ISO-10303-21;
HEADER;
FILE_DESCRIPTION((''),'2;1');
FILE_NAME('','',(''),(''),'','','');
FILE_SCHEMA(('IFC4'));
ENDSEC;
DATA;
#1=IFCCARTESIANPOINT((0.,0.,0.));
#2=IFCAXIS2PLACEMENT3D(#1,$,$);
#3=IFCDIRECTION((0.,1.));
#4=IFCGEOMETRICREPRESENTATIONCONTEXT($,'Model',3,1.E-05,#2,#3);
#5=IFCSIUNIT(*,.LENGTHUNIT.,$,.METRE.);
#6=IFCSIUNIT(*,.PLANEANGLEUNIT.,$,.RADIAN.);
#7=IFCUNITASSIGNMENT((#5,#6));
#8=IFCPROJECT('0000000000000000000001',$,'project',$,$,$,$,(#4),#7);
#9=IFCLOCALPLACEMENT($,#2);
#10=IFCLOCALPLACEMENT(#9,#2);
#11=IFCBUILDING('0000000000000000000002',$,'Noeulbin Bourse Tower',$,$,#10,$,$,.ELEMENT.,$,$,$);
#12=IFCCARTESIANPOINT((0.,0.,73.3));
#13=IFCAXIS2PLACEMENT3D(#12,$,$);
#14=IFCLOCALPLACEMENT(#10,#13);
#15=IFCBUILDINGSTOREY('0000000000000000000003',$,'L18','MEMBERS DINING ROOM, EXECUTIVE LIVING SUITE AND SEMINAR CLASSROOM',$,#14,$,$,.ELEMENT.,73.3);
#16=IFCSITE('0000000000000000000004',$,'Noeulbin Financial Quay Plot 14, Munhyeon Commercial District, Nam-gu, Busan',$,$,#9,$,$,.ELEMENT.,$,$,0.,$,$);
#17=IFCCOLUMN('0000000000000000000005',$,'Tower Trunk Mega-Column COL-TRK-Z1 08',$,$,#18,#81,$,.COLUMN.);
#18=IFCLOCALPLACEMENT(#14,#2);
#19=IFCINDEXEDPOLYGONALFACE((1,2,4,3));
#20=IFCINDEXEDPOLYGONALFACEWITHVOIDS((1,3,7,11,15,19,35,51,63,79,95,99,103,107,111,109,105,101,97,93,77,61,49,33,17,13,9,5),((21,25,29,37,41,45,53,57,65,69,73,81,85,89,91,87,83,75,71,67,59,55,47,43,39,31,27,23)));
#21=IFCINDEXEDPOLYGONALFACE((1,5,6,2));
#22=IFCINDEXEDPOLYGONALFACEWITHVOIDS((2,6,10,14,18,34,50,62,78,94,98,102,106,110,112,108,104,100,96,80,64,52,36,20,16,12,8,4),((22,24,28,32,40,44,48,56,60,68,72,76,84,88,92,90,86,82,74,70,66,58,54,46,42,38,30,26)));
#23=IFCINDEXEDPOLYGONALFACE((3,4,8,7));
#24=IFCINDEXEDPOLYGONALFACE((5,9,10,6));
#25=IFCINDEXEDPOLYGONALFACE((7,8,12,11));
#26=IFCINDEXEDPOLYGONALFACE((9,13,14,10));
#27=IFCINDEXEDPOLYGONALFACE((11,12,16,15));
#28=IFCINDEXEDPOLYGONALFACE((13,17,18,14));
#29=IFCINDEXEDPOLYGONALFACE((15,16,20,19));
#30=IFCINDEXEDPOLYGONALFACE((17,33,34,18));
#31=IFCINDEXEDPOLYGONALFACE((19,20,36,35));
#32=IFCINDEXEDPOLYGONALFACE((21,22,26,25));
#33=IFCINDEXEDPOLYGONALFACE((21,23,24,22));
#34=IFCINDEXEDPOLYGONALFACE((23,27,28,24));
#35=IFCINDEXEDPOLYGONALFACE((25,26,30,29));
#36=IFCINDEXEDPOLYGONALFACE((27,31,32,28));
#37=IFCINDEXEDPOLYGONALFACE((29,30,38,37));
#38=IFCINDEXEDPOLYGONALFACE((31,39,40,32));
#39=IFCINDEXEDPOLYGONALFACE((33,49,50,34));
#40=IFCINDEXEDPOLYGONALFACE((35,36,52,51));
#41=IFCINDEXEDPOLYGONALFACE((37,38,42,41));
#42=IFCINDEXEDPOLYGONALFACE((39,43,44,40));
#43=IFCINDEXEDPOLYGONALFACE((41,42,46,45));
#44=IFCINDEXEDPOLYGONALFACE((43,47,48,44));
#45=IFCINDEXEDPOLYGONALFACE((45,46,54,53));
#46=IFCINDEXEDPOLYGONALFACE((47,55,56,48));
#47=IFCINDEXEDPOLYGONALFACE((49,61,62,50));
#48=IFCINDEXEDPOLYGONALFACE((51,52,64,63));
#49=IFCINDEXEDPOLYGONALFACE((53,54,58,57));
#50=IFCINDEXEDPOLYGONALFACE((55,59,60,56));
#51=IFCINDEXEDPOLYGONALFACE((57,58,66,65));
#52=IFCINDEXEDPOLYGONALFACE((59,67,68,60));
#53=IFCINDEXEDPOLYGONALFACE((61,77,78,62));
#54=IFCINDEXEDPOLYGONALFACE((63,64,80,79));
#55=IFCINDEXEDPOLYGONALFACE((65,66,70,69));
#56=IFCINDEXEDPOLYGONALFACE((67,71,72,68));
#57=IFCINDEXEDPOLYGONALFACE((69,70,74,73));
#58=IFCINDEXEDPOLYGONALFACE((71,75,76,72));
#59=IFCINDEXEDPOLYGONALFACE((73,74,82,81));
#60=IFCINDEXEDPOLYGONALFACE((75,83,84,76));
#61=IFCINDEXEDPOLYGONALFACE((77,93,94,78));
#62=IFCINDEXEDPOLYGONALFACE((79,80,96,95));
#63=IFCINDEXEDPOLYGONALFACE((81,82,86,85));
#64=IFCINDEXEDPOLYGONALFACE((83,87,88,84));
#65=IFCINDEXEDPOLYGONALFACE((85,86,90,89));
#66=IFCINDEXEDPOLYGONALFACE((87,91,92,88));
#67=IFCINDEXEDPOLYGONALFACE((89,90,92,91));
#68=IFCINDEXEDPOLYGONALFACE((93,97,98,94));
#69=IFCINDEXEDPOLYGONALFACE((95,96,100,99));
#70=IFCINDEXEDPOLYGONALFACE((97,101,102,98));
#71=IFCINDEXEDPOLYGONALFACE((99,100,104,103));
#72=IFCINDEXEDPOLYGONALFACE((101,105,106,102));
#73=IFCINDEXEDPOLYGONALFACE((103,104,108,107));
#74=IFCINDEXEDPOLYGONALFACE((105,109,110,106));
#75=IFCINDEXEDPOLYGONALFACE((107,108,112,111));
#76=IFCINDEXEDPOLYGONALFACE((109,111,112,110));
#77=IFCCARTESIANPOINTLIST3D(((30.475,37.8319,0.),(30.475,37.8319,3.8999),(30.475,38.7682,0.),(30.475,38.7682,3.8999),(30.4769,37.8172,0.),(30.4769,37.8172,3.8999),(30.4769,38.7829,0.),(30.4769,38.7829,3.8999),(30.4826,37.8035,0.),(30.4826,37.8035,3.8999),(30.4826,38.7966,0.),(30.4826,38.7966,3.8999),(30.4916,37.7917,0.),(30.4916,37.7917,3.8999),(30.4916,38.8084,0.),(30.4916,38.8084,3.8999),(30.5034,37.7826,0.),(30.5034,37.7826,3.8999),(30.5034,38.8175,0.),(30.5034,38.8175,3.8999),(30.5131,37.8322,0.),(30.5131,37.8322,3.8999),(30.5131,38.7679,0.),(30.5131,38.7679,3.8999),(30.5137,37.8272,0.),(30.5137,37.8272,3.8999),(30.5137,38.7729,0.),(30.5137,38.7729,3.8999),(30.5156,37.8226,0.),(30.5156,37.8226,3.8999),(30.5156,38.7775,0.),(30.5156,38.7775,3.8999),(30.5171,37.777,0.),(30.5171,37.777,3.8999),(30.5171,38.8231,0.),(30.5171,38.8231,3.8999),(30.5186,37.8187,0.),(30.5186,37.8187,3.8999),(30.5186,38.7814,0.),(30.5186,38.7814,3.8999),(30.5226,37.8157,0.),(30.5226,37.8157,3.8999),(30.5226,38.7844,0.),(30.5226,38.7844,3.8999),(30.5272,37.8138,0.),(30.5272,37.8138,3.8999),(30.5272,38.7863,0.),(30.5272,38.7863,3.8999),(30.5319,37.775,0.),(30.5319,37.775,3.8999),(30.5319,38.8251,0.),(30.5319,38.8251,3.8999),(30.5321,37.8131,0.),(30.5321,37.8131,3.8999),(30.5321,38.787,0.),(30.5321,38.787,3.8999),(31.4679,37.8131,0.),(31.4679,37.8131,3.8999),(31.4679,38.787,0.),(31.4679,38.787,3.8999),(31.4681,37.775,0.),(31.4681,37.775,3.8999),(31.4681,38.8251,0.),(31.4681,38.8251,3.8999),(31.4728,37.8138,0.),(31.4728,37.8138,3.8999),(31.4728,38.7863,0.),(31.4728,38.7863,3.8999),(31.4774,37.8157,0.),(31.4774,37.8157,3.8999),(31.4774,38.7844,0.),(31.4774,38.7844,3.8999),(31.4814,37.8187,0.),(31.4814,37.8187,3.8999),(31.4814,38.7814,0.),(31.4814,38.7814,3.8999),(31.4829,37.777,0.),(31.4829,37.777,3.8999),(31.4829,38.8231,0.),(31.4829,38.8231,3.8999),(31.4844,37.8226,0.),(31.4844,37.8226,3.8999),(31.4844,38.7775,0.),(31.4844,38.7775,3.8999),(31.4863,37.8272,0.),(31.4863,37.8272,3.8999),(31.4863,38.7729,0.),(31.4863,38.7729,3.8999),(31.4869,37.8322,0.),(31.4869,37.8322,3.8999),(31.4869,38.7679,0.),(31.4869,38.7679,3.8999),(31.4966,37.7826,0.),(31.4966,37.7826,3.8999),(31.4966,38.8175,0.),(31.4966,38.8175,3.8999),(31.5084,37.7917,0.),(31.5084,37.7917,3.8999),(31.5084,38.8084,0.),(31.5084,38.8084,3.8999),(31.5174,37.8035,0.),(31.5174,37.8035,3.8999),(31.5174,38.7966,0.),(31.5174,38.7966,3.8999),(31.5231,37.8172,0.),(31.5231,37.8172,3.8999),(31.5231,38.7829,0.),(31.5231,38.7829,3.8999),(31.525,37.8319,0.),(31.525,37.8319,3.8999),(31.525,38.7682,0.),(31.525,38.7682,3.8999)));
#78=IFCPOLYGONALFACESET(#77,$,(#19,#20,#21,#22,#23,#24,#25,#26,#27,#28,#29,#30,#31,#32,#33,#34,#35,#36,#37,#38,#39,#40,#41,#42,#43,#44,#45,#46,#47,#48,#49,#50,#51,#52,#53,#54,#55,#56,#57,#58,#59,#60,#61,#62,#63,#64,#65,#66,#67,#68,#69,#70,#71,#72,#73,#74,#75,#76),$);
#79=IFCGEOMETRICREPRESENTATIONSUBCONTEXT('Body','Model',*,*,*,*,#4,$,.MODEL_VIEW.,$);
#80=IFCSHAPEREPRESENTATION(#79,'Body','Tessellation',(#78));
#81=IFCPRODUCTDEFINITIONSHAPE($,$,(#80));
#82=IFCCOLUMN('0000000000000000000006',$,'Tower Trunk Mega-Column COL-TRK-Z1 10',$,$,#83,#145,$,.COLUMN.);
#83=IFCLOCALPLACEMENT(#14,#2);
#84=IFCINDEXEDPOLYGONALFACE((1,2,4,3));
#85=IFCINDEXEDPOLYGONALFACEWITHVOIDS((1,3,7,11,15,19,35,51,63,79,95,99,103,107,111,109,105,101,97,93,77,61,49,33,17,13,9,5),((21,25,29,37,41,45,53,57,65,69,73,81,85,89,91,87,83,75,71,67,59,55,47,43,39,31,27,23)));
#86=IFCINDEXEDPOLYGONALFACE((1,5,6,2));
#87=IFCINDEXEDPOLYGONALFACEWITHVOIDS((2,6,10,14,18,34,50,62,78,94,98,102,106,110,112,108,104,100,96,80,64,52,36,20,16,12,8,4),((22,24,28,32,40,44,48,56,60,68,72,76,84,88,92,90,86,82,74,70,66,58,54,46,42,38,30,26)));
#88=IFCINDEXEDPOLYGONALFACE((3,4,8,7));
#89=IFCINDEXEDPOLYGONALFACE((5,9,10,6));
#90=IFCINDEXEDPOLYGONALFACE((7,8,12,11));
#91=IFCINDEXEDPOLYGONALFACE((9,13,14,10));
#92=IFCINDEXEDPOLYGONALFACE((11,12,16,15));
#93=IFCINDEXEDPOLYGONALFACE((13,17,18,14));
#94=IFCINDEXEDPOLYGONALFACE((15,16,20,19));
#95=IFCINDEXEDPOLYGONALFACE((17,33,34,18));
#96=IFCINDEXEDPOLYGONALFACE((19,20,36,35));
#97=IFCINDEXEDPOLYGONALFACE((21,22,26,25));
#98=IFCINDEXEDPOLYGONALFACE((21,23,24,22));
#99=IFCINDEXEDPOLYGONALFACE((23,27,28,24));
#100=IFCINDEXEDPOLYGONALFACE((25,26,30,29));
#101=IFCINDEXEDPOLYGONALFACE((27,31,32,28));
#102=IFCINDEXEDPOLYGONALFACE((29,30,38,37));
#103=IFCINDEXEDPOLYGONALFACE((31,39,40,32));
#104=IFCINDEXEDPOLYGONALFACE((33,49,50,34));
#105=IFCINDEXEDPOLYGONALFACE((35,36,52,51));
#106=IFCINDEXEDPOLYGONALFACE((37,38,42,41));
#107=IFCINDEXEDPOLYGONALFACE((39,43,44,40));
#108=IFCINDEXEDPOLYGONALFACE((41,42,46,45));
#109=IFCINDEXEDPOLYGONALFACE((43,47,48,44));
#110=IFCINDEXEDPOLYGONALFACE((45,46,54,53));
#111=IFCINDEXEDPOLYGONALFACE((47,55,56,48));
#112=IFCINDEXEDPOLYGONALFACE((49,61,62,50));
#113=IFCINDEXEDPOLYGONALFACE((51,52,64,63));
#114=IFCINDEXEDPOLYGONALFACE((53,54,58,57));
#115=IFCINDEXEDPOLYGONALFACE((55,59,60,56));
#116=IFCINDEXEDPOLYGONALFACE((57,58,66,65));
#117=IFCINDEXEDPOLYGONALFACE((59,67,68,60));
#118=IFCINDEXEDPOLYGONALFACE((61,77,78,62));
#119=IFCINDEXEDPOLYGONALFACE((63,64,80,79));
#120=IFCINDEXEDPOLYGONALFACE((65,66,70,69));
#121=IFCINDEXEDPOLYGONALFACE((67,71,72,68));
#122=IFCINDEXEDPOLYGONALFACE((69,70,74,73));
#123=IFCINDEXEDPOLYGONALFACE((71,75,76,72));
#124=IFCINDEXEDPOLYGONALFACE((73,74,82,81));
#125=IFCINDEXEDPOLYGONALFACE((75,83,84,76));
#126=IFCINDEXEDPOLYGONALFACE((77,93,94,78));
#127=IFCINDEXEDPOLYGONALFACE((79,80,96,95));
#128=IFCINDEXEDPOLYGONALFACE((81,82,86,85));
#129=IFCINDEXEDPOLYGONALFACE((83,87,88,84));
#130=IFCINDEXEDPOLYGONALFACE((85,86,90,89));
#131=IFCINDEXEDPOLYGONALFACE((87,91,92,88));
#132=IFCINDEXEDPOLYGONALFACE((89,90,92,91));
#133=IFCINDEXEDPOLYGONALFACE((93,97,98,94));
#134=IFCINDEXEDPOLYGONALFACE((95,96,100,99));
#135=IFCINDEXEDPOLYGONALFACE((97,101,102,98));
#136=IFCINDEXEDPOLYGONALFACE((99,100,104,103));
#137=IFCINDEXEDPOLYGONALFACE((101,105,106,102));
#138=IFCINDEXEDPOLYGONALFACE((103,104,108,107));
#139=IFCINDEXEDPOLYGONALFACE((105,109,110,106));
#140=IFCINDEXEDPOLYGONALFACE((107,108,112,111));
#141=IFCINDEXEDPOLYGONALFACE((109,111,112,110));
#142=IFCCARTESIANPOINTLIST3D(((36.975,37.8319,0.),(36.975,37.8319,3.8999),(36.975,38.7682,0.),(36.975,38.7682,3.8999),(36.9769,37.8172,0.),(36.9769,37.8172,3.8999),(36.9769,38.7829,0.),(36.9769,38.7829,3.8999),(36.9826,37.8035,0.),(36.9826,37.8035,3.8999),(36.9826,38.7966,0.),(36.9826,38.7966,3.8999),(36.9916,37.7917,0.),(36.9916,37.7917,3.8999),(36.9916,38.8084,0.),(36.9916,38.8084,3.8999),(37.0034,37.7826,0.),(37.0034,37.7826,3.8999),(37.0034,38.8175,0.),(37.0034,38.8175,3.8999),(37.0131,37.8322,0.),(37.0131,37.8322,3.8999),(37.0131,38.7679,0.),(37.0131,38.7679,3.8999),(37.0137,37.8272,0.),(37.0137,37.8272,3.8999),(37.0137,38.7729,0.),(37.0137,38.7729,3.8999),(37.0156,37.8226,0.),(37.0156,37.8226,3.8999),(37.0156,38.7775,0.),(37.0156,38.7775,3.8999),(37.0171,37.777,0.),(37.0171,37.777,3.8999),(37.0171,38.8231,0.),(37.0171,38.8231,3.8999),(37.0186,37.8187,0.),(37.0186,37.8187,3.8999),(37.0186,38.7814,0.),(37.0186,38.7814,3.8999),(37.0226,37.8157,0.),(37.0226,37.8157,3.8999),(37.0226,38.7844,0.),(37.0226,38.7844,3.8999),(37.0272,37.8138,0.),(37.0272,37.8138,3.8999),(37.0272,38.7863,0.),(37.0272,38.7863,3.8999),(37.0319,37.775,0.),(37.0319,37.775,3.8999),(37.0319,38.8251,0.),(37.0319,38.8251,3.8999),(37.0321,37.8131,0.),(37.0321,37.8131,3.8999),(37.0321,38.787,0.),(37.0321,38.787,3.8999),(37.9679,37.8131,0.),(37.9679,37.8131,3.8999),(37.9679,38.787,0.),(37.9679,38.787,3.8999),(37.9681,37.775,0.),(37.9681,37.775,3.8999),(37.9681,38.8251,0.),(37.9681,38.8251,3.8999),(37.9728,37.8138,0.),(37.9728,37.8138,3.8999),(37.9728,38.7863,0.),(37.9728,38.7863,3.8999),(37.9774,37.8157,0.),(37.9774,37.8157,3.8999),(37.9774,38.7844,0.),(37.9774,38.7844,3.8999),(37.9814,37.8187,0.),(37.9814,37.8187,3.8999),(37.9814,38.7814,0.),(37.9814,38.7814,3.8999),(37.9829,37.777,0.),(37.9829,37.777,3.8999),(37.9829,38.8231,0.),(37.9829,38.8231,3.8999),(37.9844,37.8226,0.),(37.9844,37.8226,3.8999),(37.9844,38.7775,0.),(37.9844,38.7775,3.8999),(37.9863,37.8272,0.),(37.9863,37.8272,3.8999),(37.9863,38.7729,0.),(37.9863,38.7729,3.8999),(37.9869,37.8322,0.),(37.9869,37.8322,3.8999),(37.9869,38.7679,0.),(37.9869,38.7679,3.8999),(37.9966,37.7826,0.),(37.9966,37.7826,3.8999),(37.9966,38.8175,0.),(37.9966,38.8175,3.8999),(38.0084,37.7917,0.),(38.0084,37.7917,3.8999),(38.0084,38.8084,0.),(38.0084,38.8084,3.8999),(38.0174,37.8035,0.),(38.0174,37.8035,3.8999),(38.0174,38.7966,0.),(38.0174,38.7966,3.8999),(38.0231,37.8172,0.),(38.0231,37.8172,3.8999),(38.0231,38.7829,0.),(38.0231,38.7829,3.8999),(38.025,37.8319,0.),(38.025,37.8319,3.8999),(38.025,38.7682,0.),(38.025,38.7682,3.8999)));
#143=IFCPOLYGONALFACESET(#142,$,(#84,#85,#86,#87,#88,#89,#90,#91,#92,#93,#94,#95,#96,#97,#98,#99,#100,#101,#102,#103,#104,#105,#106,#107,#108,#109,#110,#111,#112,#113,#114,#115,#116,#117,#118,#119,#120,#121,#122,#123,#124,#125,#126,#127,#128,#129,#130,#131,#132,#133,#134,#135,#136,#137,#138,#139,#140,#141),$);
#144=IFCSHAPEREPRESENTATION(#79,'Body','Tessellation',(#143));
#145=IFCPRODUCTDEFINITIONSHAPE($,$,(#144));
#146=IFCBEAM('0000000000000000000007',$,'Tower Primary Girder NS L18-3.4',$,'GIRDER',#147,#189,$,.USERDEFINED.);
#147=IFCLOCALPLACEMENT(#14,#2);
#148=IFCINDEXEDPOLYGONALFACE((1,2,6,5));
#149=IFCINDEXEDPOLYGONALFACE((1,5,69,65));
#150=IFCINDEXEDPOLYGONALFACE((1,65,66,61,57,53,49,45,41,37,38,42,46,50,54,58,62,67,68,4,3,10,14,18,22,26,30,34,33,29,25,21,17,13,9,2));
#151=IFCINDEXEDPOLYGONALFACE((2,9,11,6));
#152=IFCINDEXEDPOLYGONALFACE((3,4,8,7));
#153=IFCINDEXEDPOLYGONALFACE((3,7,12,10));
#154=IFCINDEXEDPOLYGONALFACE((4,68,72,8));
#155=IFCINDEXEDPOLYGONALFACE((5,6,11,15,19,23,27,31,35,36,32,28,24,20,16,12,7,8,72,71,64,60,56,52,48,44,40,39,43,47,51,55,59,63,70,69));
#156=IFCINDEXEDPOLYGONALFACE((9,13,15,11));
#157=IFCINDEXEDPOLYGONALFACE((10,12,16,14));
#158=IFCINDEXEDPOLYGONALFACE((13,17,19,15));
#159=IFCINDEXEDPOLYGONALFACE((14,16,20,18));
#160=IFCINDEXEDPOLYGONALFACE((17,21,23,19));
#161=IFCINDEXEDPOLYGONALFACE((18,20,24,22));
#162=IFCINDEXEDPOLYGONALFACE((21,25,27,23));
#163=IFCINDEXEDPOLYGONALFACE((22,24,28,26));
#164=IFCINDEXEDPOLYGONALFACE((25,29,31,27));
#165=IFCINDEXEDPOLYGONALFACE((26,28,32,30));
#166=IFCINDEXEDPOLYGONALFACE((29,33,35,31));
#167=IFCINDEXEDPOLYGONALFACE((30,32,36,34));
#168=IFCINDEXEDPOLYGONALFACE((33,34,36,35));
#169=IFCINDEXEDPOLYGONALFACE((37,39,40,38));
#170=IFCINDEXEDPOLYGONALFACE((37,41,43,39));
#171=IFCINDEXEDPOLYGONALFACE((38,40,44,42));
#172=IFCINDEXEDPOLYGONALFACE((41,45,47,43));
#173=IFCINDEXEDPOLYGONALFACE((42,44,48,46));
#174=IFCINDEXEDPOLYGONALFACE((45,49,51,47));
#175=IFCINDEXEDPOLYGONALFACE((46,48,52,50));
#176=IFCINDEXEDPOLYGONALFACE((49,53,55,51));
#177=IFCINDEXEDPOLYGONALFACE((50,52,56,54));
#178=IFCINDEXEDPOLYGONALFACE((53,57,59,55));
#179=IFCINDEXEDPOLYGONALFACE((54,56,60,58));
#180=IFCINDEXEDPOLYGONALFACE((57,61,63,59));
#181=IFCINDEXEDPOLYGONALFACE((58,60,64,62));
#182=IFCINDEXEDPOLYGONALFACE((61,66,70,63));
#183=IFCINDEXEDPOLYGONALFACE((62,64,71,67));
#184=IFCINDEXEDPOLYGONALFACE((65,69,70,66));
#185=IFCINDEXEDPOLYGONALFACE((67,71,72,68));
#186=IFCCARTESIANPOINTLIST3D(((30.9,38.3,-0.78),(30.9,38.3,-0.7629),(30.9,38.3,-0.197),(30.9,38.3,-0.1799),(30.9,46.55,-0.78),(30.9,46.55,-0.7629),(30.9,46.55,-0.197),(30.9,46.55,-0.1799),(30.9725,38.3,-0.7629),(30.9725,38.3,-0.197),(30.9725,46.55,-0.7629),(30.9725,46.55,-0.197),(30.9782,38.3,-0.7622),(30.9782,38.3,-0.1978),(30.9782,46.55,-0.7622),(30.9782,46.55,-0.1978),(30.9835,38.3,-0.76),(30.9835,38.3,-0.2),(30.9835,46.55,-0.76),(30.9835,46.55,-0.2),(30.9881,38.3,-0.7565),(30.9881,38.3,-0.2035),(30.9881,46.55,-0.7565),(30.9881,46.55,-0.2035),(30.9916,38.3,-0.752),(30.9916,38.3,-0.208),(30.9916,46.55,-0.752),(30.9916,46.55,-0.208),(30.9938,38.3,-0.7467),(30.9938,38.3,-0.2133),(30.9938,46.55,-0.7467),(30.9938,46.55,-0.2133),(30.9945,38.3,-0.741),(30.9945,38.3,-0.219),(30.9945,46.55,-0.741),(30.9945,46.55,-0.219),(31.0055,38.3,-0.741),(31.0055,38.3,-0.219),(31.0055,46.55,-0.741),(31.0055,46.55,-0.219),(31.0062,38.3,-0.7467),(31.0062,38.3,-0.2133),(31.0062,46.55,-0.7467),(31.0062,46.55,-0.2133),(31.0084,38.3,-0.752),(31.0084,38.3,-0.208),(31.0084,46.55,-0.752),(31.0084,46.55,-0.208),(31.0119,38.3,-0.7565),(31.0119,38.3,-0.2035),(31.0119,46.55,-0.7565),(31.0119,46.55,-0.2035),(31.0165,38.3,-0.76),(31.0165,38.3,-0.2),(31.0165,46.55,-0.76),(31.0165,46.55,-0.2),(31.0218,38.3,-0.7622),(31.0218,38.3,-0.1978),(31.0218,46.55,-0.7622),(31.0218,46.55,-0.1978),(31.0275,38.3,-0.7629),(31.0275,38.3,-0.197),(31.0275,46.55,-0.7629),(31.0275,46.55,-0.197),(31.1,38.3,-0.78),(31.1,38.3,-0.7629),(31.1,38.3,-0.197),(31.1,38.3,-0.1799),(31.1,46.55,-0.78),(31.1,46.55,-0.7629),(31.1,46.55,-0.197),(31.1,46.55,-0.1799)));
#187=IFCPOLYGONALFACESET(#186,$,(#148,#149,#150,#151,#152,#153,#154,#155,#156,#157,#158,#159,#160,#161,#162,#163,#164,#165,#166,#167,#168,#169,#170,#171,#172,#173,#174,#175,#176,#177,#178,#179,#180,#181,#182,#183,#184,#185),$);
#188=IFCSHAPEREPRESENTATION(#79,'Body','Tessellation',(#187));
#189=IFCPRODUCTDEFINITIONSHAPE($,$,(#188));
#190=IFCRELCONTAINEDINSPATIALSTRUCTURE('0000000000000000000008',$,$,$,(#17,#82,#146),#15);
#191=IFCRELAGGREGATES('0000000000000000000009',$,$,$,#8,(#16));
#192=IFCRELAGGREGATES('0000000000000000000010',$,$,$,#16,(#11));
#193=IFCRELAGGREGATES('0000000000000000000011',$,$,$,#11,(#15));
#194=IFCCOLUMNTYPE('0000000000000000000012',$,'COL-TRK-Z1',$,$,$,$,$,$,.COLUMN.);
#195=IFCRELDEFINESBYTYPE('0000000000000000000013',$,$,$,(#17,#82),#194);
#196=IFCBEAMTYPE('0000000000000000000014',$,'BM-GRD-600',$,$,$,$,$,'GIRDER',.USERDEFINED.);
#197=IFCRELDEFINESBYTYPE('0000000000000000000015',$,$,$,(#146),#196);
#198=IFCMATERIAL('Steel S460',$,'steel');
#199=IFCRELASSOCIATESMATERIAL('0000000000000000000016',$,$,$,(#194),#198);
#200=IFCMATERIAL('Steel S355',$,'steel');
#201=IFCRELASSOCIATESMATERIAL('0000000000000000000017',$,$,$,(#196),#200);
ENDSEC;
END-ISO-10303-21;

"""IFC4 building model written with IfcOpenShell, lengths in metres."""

from ifc_helpers import new_model, si_unit, direction, frame, origin, origin_2d, place, context, subcontext, project, spatial, hollow_rectangle, i_section, extrude, material, material_profile, profile_set, type_object, element, save


model = new_model("IFC4")

# Units and contexts
model_context = context("Model", 3, precision=1e-05, world=origin(), true_north=direction((0.0, 1.0)))
body_context = subcontext(model_context, "Body", "Model", "MODEL_VIEW")
ifc_project = project(units=[si_unit("LENGTHUNIT", "METRE"), si_unit("PLANEANGLEUNIT", "RADIAN")], contexts=[model_context])

# Site, building, storey
site_placement = place(None, origin())
site = spatial("IfcSite", under=ifc_project, at=site_placement, Name="Noeulbin Financial Quay Plot 14, Munhyeon Commercial District, Nam-gu, Busan", CompositionType="ELEMENT", RefElevation=0.0)
building_placement = place(site_placement, origin())
building = spatial("IfcBuilding", under=site, at=building_placement, Name="Noeulbin Bourse Tower", CompositionType="ELEMENT")
storey_placement = place(building_placement, frame((0.0, 0.0, 73.3)))
storey = spatial("IfcBuildingStorey", under=building, at=storey_placement, Name="L18", Description="MEMBERS DINING ROOM, EXECUTIVE LIVING SUITE AND SEMINAR CLASSROOM", CompositionType="ELEMENT", Elevation=73.3)

# Columns
ifc_material_1 = material(Name="Steel S460", Category="steel")
ifc_material_profile_1 = material_profile(ifc_material_1, hollow_rectangle(XDim=1.05, YDim=1.05, WallThickness=0.0381, InnerFilletRadius=0.019, OuterFilletRadius=0.0569, at=origin_2d()), Name="BOX-1050x1050x38", Category="LoadBearing")
ifc_profile_set_1 = profile_set([ifc_material_profile_1], Name="Steel S460")
column_type = type_object("IfcColumnType", Name="COL-TRK-Z1", PredefinedType="COLUMN", material=ifc_profile_set_1)
for number, where, z_axis, x_axis, name in (
    (1, (31.0, 38.3, 0.0), (0.0, 0.0, 1.0), (1.0, 0.0, 0.0), "Tower Trunk Mega-Column COL-TRK-Z1 08"),
    (2, (37.5, 38.3, 0.0), (0.0, 0.0, 1.0), (1.0, 0.0, 0.0), "Tower Trunk Mega-Column COL-TRK-Z1 10"),
):
    element("IfcColumn", number, at=place(storey_placement, frame(where, z_axis=z_axis, x_axis=x_axis)), inside=storey, type_object=column_type, Name=name, PredefinedType="COLUMN", context=body_context, shape_type="SweptSolid", body=[
        extrude(hollow_rectangle(XDim=1.05, YDim=1.05, WallThickness=0.0381, InnerFilletRadius=0.019, OuterFilletRadius=0.0569, at=origin_2d()), origin(), (0.0, 0.0, 1.0), 3.8999),
    ])

# Beam
ifc_material_2 = material(Name="Steel S355", Category="steel")
ifc_material_profile_2 = material_profile(ifc_material_2, i_section(OverallWidth=0.2, OverallDepth=0.6001, WebThickness=0.011, FlangeThickness=0.0171, FilletRadius=0.022, at=origin_2d()), Name="H-600x200x11x17", Category="LoadBearing")
ifc_profile_set_2 = profile_set([ifc_material_profile_2], Name="Steel S355")
beam_type_1 = type_object("IfcBeamType", Name="BM-GRD-600", ElementType="GIRDER", PredefinedType="USERDEFINED", material=ifc_profile_set_2)
for number, where, z_axis, x_axis, name in (
    (3, (31.0, 38.3, -0.48), (0.0, 1.0, 0.0), (-1.0, 0.0, 0.0), "Tower Primary Girder NS L18-3.4"),
):
    element("IfcBeam", number, at=place(storey_placement, frame(where, z_axis=z_axis, x_axis=x_axis)), inside=storey, type_object=beam_type_1, Name=name, ObjectType="GIRDER", PredefinedType="USERDEFINED", context=body_context, shape_type="SweptSolid", body=[
        extrude(i_section(OverallWidth=0.2, OverallDepth=0.6001, WebThickness=0.011, FlangeThickness=0.0171, FilletRadius=0.022, at=origin_2d()), origin(), (0.0, 0.0, 1.0), 8.25),
    ])

save(model, "model.ifc")
